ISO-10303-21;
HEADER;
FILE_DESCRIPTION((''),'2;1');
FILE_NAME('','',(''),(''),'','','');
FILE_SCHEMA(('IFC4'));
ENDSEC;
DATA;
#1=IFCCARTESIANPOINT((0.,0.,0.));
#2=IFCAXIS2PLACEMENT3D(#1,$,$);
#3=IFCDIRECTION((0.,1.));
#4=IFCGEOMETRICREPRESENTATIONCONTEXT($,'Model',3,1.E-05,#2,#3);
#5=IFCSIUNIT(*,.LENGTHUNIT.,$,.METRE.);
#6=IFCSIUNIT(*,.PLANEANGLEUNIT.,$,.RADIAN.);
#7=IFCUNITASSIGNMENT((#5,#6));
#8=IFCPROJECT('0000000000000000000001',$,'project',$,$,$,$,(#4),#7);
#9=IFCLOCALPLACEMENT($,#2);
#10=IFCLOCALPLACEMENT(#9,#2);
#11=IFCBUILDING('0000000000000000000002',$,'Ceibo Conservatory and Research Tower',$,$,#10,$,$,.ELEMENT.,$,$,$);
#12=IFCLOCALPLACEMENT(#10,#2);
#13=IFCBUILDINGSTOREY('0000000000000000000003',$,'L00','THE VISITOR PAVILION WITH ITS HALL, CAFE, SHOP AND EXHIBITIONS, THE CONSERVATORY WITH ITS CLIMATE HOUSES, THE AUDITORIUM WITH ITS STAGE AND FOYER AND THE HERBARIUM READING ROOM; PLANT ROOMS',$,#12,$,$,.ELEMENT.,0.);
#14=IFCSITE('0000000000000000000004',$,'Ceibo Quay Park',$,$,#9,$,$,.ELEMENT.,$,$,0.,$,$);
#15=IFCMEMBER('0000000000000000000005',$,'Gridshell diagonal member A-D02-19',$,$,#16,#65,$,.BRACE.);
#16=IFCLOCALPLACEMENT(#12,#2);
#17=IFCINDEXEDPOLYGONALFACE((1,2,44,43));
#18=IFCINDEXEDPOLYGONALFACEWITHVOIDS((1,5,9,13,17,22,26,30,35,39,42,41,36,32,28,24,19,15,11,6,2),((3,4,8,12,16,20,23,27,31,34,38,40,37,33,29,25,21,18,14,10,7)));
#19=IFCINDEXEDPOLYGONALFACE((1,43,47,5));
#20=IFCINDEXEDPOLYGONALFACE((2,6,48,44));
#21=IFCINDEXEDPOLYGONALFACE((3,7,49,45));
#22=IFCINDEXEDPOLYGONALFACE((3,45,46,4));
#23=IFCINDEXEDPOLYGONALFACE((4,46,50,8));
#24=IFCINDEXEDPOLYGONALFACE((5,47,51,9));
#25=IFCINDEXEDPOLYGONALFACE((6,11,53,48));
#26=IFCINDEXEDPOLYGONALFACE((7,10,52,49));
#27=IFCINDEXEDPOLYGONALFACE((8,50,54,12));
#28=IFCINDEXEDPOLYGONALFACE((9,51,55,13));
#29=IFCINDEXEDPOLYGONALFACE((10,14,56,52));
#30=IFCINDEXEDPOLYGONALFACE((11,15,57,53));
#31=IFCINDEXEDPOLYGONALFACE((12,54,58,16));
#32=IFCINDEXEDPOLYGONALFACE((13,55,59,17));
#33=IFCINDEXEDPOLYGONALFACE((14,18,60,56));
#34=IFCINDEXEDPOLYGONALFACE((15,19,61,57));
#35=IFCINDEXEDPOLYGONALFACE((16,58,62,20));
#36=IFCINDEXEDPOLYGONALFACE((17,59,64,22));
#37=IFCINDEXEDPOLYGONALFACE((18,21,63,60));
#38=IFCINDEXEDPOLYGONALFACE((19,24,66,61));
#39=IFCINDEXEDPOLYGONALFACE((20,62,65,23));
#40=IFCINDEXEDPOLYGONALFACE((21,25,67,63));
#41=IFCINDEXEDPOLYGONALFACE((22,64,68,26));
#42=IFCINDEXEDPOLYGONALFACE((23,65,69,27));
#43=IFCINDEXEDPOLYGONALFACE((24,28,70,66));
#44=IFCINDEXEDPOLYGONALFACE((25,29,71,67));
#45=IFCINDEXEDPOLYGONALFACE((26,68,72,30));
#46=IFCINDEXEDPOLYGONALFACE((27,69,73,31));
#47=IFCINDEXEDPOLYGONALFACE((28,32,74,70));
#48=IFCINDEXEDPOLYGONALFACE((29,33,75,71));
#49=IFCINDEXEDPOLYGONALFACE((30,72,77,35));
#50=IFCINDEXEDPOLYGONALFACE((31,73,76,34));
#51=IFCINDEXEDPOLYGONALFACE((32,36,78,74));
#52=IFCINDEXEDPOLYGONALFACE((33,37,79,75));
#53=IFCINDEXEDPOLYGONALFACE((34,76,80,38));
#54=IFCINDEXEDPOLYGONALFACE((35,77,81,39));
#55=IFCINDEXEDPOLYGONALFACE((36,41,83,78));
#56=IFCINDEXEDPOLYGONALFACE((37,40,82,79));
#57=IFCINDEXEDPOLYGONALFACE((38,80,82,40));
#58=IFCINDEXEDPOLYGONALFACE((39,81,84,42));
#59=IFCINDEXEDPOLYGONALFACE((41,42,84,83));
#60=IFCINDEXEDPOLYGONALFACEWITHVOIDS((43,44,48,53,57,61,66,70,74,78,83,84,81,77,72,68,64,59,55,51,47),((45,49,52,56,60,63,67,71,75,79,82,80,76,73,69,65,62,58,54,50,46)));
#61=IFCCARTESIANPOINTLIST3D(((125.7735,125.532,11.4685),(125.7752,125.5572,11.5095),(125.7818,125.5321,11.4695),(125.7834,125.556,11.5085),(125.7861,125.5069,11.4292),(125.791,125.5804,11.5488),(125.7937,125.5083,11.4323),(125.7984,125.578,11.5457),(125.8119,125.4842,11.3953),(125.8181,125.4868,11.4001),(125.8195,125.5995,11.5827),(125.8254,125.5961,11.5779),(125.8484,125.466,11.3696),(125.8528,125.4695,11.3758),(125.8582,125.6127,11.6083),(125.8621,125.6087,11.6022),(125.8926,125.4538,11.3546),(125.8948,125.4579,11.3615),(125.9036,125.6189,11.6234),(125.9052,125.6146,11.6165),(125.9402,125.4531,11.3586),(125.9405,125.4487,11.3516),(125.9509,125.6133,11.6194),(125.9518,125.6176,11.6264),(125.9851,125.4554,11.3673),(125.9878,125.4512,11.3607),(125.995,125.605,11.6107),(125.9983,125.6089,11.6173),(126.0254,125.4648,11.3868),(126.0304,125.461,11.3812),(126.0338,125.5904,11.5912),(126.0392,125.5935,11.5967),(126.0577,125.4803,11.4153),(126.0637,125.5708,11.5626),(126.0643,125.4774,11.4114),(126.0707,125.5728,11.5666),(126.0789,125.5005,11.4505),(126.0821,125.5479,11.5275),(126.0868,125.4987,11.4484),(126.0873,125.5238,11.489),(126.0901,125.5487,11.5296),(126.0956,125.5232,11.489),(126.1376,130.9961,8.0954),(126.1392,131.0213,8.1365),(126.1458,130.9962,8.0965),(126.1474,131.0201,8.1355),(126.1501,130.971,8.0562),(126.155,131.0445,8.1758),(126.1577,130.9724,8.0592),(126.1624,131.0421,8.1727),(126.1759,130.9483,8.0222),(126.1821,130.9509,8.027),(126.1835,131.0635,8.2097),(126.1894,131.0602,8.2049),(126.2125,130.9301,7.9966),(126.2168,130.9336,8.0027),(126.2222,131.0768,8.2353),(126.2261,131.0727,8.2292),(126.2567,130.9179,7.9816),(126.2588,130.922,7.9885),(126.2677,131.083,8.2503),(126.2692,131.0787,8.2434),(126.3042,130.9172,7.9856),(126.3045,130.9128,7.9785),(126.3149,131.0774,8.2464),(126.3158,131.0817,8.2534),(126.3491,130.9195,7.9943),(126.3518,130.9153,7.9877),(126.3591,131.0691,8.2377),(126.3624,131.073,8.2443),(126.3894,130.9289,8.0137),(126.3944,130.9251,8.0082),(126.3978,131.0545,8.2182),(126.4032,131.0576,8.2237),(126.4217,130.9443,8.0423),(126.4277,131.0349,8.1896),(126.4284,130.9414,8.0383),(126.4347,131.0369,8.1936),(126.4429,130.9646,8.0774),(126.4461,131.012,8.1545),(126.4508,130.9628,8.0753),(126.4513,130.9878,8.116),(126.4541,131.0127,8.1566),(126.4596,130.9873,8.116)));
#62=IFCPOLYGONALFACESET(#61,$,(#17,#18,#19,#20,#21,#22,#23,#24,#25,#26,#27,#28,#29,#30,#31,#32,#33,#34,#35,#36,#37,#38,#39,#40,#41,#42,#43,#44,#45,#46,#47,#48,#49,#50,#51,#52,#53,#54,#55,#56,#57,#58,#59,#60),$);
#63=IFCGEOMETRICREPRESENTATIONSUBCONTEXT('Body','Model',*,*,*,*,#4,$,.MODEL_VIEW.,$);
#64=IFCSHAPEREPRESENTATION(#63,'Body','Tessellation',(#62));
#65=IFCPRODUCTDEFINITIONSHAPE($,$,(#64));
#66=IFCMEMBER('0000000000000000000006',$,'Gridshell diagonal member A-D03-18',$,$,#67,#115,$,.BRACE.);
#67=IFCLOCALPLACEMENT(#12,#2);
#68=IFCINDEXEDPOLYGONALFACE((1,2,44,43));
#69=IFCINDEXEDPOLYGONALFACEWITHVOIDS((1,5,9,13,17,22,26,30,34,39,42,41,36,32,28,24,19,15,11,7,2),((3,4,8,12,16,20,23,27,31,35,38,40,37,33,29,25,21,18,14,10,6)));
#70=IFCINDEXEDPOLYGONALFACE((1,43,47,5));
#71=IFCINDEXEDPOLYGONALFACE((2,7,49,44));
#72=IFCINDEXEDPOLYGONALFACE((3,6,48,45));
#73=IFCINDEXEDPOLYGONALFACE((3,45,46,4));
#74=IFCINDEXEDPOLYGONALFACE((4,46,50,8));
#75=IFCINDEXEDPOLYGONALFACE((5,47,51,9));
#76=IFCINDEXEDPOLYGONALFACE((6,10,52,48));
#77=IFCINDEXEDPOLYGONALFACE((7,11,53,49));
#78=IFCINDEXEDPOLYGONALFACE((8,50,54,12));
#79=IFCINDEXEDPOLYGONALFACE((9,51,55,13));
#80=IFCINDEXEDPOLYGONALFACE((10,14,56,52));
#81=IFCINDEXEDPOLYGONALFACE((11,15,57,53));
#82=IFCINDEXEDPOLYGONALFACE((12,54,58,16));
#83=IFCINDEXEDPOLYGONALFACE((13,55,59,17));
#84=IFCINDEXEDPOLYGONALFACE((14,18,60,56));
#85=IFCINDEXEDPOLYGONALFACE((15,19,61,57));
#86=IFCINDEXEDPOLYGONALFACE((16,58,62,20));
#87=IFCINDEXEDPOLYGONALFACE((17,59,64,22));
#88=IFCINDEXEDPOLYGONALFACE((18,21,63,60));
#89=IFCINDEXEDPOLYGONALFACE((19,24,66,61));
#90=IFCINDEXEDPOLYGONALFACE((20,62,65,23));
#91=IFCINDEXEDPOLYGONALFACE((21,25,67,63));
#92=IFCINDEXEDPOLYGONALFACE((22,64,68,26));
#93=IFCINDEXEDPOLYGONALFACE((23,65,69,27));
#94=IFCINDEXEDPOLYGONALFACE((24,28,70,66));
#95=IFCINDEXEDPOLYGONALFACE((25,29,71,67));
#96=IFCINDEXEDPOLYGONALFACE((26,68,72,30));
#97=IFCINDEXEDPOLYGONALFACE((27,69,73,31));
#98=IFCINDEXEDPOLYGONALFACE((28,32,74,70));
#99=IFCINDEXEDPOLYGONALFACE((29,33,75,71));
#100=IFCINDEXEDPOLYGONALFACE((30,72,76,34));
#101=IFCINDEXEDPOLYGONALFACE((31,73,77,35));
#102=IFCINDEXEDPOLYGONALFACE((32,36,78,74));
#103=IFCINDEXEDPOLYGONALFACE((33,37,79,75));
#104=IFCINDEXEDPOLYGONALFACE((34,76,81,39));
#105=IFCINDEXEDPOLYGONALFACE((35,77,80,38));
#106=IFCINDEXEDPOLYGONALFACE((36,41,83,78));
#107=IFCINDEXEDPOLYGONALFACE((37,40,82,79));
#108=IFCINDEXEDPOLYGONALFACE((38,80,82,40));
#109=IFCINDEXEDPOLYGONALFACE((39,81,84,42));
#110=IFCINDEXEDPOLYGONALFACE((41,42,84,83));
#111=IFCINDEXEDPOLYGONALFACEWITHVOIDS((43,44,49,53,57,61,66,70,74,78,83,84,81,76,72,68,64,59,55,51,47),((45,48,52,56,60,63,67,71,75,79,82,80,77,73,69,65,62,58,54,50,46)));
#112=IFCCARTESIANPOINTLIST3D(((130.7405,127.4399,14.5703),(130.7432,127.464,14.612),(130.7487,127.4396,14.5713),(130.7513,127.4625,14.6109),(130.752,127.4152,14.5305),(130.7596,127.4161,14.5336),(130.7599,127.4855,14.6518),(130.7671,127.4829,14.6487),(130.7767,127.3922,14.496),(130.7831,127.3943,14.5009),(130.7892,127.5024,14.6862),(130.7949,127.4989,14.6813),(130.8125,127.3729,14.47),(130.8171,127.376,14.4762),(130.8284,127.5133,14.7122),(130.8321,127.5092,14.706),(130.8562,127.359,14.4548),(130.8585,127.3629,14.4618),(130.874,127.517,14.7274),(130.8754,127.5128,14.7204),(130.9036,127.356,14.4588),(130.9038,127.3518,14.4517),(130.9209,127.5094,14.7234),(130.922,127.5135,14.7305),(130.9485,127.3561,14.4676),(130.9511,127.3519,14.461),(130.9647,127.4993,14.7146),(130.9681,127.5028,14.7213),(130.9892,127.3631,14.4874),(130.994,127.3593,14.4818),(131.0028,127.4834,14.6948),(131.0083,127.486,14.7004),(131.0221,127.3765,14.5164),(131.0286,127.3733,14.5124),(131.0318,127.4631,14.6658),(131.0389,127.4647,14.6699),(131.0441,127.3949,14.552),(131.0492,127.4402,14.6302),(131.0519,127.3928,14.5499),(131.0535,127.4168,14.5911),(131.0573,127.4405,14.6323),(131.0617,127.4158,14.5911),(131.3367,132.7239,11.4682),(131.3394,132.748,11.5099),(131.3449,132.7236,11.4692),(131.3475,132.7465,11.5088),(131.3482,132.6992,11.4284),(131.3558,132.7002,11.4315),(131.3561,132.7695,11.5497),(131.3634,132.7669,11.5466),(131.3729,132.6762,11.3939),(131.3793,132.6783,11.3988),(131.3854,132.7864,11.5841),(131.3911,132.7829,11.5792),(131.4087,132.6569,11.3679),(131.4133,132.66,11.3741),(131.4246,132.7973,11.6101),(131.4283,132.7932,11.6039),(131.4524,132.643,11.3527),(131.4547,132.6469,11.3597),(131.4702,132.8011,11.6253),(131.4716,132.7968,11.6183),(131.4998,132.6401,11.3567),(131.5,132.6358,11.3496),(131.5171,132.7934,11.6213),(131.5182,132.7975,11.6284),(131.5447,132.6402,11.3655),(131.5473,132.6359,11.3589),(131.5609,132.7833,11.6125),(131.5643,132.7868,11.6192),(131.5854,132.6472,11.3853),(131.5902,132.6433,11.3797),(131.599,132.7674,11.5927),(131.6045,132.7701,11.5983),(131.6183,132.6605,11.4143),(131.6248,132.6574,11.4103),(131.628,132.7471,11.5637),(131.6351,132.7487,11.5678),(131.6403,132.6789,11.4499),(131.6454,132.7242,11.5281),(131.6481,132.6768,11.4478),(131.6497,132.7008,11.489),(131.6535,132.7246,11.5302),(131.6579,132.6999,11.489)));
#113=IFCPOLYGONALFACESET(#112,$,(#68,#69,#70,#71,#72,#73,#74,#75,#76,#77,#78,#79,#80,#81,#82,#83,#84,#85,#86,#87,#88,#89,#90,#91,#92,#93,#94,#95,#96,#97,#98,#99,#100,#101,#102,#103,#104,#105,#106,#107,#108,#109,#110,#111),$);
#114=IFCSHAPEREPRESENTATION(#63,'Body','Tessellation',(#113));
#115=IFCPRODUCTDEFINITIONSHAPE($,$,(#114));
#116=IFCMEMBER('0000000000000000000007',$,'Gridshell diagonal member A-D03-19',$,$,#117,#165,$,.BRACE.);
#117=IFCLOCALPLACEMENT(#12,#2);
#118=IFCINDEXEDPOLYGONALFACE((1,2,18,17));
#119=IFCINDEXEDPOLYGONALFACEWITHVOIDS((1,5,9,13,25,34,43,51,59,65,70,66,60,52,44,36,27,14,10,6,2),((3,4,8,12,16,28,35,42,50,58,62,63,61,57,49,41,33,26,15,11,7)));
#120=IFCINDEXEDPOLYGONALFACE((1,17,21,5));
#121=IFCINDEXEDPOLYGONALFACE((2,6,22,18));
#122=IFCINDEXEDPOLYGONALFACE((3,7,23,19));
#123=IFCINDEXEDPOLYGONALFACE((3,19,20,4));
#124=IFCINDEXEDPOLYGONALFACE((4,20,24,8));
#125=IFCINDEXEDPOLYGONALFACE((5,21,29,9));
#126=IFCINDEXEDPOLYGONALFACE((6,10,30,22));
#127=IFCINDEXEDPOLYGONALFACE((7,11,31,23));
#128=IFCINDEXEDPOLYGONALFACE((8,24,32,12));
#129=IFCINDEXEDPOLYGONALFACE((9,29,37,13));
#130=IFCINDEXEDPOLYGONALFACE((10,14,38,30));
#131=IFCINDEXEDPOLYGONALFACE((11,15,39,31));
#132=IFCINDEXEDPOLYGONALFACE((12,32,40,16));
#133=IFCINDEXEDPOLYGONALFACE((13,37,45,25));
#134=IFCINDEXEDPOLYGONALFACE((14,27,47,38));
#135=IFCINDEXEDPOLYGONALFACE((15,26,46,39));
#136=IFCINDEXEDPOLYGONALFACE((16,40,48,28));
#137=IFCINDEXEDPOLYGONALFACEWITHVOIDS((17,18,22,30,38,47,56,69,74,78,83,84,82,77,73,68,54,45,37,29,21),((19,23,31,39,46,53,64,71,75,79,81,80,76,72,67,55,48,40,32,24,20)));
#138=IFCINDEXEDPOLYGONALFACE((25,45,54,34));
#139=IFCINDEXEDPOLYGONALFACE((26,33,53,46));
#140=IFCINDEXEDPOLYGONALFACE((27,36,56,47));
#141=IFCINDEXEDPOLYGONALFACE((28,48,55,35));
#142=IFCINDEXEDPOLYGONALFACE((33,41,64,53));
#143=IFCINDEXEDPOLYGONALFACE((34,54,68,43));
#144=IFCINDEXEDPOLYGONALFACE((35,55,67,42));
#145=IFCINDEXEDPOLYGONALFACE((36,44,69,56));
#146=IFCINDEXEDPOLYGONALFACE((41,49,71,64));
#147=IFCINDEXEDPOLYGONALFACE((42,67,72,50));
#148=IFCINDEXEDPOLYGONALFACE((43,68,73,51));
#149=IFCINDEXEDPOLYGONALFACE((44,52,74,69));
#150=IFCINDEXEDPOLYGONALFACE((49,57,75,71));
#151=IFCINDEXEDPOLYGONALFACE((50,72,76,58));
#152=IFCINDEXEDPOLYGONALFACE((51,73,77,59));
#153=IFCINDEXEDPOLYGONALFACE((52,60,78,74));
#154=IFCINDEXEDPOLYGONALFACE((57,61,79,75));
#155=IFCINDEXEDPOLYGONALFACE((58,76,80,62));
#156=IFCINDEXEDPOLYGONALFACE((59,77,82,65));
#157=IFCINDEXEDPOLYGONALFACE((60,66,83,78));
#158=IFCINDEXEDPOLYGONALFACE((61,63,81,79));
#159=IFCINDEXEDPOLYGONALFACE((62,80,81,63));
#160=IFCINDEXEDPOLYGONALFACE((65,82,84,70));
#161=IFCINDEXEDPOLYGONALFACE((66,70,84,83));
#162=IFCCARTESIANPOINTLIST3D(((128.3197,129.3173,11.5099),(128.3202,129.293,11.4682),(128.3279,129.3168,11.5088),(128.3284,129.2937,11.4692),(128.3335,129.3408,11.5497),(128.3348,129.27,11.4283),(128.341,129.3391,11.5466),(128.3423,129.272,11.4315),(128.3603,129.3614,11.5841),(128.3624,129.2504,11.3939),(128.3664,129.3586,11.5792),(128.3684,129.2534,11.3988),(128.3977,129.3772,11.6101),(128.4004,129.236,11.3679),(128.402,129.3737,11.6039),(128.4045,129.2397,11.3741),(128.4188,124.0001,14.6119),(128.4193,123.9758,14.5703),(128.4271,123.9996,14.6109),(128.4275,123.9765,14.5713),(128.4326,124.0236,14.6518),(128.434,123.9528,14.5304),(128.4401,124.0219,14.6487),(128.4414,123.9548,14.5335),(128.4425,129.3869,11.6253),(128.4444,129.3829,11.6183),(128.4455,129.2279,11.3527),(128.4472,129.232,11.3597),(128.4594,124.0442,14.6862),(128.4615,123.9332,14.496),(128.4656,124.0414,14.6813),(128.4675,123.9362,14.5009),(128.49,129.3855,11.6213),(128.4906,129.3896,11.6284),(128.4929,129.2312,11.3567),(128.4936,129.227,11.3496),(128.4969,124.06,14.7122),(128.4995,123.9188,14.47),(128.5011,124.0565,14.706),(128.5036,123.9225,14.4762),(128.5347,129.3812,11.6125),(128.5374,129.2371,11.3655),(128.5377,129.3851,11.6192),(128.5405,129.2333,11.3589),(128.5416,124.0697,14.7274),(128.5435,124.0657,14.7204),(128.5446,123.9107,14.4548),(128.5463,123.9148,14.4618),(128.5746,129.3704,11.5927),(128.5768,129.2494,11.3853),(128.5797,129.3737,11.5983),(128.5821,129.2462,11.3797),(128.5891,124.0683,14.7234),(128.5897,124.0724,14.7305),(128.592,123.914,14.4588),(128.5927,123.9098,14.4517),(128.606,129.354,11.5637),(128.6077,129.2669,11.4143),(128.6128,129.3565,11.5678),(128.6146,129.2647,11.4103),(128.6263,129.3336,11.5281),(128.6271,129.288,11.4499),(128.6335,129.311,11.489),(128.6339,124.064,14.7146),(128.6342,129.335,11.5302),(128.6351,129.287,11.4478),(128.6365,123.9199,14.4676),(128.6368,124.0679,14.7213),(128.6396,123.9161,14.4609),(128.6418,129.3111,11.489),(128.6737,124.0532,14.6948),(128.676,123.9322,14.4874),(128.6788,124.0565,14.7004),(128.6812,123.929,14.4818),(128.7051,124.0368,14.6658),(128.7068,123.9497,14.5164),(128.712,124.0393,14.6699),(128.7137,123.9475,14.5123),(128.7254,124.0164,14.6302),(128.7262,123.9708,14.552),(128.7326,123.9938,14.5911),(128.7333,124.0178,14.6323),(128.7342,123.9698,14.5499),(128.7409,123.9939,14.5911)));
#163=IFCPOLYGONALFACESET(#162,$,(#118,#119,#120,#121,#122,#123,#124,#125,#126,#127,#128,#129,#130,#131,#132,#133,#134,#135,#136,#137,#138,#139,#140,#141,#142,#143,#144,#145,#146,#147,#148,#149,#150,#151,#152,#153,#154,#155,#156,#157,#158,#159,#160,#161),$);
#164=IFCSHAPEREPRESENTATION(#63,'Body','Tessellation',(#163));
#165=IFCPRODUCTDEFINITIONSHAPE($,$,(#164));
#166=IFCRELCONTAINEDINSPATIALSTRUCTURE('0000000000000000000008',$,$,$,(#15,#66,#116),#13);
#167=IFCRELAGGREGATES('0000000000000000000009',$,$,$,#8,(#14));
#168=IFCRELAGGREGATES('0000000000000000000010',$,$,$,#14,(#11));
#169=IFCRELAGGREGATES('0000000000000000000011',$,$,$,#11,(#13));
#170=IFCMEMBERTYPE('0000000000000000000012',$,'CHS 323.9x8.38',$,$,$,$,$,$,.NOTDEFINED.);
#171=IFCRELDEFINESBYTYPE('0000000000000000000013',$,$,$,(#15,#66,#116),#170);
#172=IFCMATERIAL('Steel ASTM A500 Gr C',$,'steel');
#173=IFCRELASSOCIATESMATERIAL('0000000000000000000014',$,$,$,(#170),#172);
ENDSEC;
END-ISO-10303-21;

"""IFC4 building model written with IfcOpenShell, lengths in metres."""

from ifc_helpers import new_model, si_unit, direction, frame, origin, origin_2d, place, context, subcontext, project, spatial, hollow_circle, extrude, material, material_profile, profile_set, type_object, element, save


model = new_model("IFC4")

# Units and contexts
model_context = context("Model", 3, precision=1e-05, world=origin(), true_north=direction((0.0, 1.0)))
body_context = subcontext(model_context, "Body", "Model", "MODEL_VIEW")
ifc_project = project(units=[si_unit("LENGTHUNIT", "METRE"), si_unit("PLANEANGLEUNIT", "RADIAN")], contexts=[model_context])

# Site, building, storey
site_placement = place(None, origin())
site = spatial("IfcSite", under=ifc_project, at=site_placement, Name="Ceibo Quay Park", CompositionType="ELEMENT", RefElevation=0.0)
building_placement = place(site_placement, origin())
building = spatial("IfcBuilding", under=site, at=building_placement, Name="Ceibo Conservatory and Research Tower", CompositionType="ELEMENT")
storey_placement = place(building_placement, origin())
storey = spatial("IfcBuildingStorey", under=building, at=storey_placement, Name="L00", Description="THE VISITOR PAVILION WITH ITS HALL, CAFE, SHOP AND EXHIBITIONS, THE CONSERVATORY WITH ITS CLIMATE HOUSES, THE AUDITORIUM WITH ITS STAGE AND FOYER AND THE HERBARIUM READING ROOM; PLANT ROOMS", CompositionType="ELEMENT", Elevation=0.0)

# Members
ifc_material_1 = material(Name="Steel ASTM A500 Gr C", Category="steel")
ifc_material_profile_1 = material_profile(ifc_material_1, hollow_circle(Radius=0.1619, WallThickness=0.0083, at=origin_2d()), Name="CHS 323.9x8.38")
ifc_profile_set_1 = profile_set([ifc_material_profile_1], Name="Steel ASTM A500 Gr C")
member_type_1 = type_object("IfcMemberType", Name="CHS 323.9x8.38", PredefinedType="NOTDEFINED", material=ifc_profile_set_1)
member_1_placement = place(storey_placement, frame((126.2981, 130.998, 8.116), z_axis=(-0.056597, -0.849563, 0.524443), x_axis=(0.997788, -0.066472, 0.0)))
element("IfcMember", 1, at=member_1_placement, inside=storey, type_object=member_type_1, Name="Gridshell diagonal member A-D02-19", PredefinedType="BRACE", context=body_context, shape_type="SweptSolid", body=[
    extrude(hollow_circle(Radius=0.1619, WallThickness=0.0083, at=origin_2d()), origin(), (0.0, 0.0, 1.0), 6.4316),
])
member_2_placement = place(storey_placement, frame((131.4971, 132.718, 11.489), z_axis=(-0.096845, -0.858319, 0.503895), x_axis=(0.993695, -0.11212, 0.0)))
element("IfcMember", 2, at=member_2_placement, inside=storey, type_object=member_type_1, Name="Gridshell diagonal member A-D03-18", PredefinedType="BRACE", context=body_context, shape_type="SweptSolid", body=[
    extrude(hollow_circle(Radius=0.1619, WallThickness=0.0083, at=origin_2d()), origin(), (0.0, 0.0, 1.0), 6.1562),
])
member_3_placement = place(storey_placement, frame((128.48, 129.3081, 11.489), z_axis=(0.0161, -0.86364, 0.503853), x_axis=(0.999826, 0.018639, 0.0)))
element("IfcMember", 3, at=member_3_placement, inside=storey, type_object=member_type_1, Name="Gridshell diagonal member A-D03-19", PredefinedType="BRACE", context=body_context, shape_type="SweptSolid", body=[
    extrude(hollow_circle(Radius=0.1619, WallThickness=0.0083, at=origin_2d()), origin(), (0.0, 0.0, 1.0), 6.1567),
])

save(model, "model.ifc")
